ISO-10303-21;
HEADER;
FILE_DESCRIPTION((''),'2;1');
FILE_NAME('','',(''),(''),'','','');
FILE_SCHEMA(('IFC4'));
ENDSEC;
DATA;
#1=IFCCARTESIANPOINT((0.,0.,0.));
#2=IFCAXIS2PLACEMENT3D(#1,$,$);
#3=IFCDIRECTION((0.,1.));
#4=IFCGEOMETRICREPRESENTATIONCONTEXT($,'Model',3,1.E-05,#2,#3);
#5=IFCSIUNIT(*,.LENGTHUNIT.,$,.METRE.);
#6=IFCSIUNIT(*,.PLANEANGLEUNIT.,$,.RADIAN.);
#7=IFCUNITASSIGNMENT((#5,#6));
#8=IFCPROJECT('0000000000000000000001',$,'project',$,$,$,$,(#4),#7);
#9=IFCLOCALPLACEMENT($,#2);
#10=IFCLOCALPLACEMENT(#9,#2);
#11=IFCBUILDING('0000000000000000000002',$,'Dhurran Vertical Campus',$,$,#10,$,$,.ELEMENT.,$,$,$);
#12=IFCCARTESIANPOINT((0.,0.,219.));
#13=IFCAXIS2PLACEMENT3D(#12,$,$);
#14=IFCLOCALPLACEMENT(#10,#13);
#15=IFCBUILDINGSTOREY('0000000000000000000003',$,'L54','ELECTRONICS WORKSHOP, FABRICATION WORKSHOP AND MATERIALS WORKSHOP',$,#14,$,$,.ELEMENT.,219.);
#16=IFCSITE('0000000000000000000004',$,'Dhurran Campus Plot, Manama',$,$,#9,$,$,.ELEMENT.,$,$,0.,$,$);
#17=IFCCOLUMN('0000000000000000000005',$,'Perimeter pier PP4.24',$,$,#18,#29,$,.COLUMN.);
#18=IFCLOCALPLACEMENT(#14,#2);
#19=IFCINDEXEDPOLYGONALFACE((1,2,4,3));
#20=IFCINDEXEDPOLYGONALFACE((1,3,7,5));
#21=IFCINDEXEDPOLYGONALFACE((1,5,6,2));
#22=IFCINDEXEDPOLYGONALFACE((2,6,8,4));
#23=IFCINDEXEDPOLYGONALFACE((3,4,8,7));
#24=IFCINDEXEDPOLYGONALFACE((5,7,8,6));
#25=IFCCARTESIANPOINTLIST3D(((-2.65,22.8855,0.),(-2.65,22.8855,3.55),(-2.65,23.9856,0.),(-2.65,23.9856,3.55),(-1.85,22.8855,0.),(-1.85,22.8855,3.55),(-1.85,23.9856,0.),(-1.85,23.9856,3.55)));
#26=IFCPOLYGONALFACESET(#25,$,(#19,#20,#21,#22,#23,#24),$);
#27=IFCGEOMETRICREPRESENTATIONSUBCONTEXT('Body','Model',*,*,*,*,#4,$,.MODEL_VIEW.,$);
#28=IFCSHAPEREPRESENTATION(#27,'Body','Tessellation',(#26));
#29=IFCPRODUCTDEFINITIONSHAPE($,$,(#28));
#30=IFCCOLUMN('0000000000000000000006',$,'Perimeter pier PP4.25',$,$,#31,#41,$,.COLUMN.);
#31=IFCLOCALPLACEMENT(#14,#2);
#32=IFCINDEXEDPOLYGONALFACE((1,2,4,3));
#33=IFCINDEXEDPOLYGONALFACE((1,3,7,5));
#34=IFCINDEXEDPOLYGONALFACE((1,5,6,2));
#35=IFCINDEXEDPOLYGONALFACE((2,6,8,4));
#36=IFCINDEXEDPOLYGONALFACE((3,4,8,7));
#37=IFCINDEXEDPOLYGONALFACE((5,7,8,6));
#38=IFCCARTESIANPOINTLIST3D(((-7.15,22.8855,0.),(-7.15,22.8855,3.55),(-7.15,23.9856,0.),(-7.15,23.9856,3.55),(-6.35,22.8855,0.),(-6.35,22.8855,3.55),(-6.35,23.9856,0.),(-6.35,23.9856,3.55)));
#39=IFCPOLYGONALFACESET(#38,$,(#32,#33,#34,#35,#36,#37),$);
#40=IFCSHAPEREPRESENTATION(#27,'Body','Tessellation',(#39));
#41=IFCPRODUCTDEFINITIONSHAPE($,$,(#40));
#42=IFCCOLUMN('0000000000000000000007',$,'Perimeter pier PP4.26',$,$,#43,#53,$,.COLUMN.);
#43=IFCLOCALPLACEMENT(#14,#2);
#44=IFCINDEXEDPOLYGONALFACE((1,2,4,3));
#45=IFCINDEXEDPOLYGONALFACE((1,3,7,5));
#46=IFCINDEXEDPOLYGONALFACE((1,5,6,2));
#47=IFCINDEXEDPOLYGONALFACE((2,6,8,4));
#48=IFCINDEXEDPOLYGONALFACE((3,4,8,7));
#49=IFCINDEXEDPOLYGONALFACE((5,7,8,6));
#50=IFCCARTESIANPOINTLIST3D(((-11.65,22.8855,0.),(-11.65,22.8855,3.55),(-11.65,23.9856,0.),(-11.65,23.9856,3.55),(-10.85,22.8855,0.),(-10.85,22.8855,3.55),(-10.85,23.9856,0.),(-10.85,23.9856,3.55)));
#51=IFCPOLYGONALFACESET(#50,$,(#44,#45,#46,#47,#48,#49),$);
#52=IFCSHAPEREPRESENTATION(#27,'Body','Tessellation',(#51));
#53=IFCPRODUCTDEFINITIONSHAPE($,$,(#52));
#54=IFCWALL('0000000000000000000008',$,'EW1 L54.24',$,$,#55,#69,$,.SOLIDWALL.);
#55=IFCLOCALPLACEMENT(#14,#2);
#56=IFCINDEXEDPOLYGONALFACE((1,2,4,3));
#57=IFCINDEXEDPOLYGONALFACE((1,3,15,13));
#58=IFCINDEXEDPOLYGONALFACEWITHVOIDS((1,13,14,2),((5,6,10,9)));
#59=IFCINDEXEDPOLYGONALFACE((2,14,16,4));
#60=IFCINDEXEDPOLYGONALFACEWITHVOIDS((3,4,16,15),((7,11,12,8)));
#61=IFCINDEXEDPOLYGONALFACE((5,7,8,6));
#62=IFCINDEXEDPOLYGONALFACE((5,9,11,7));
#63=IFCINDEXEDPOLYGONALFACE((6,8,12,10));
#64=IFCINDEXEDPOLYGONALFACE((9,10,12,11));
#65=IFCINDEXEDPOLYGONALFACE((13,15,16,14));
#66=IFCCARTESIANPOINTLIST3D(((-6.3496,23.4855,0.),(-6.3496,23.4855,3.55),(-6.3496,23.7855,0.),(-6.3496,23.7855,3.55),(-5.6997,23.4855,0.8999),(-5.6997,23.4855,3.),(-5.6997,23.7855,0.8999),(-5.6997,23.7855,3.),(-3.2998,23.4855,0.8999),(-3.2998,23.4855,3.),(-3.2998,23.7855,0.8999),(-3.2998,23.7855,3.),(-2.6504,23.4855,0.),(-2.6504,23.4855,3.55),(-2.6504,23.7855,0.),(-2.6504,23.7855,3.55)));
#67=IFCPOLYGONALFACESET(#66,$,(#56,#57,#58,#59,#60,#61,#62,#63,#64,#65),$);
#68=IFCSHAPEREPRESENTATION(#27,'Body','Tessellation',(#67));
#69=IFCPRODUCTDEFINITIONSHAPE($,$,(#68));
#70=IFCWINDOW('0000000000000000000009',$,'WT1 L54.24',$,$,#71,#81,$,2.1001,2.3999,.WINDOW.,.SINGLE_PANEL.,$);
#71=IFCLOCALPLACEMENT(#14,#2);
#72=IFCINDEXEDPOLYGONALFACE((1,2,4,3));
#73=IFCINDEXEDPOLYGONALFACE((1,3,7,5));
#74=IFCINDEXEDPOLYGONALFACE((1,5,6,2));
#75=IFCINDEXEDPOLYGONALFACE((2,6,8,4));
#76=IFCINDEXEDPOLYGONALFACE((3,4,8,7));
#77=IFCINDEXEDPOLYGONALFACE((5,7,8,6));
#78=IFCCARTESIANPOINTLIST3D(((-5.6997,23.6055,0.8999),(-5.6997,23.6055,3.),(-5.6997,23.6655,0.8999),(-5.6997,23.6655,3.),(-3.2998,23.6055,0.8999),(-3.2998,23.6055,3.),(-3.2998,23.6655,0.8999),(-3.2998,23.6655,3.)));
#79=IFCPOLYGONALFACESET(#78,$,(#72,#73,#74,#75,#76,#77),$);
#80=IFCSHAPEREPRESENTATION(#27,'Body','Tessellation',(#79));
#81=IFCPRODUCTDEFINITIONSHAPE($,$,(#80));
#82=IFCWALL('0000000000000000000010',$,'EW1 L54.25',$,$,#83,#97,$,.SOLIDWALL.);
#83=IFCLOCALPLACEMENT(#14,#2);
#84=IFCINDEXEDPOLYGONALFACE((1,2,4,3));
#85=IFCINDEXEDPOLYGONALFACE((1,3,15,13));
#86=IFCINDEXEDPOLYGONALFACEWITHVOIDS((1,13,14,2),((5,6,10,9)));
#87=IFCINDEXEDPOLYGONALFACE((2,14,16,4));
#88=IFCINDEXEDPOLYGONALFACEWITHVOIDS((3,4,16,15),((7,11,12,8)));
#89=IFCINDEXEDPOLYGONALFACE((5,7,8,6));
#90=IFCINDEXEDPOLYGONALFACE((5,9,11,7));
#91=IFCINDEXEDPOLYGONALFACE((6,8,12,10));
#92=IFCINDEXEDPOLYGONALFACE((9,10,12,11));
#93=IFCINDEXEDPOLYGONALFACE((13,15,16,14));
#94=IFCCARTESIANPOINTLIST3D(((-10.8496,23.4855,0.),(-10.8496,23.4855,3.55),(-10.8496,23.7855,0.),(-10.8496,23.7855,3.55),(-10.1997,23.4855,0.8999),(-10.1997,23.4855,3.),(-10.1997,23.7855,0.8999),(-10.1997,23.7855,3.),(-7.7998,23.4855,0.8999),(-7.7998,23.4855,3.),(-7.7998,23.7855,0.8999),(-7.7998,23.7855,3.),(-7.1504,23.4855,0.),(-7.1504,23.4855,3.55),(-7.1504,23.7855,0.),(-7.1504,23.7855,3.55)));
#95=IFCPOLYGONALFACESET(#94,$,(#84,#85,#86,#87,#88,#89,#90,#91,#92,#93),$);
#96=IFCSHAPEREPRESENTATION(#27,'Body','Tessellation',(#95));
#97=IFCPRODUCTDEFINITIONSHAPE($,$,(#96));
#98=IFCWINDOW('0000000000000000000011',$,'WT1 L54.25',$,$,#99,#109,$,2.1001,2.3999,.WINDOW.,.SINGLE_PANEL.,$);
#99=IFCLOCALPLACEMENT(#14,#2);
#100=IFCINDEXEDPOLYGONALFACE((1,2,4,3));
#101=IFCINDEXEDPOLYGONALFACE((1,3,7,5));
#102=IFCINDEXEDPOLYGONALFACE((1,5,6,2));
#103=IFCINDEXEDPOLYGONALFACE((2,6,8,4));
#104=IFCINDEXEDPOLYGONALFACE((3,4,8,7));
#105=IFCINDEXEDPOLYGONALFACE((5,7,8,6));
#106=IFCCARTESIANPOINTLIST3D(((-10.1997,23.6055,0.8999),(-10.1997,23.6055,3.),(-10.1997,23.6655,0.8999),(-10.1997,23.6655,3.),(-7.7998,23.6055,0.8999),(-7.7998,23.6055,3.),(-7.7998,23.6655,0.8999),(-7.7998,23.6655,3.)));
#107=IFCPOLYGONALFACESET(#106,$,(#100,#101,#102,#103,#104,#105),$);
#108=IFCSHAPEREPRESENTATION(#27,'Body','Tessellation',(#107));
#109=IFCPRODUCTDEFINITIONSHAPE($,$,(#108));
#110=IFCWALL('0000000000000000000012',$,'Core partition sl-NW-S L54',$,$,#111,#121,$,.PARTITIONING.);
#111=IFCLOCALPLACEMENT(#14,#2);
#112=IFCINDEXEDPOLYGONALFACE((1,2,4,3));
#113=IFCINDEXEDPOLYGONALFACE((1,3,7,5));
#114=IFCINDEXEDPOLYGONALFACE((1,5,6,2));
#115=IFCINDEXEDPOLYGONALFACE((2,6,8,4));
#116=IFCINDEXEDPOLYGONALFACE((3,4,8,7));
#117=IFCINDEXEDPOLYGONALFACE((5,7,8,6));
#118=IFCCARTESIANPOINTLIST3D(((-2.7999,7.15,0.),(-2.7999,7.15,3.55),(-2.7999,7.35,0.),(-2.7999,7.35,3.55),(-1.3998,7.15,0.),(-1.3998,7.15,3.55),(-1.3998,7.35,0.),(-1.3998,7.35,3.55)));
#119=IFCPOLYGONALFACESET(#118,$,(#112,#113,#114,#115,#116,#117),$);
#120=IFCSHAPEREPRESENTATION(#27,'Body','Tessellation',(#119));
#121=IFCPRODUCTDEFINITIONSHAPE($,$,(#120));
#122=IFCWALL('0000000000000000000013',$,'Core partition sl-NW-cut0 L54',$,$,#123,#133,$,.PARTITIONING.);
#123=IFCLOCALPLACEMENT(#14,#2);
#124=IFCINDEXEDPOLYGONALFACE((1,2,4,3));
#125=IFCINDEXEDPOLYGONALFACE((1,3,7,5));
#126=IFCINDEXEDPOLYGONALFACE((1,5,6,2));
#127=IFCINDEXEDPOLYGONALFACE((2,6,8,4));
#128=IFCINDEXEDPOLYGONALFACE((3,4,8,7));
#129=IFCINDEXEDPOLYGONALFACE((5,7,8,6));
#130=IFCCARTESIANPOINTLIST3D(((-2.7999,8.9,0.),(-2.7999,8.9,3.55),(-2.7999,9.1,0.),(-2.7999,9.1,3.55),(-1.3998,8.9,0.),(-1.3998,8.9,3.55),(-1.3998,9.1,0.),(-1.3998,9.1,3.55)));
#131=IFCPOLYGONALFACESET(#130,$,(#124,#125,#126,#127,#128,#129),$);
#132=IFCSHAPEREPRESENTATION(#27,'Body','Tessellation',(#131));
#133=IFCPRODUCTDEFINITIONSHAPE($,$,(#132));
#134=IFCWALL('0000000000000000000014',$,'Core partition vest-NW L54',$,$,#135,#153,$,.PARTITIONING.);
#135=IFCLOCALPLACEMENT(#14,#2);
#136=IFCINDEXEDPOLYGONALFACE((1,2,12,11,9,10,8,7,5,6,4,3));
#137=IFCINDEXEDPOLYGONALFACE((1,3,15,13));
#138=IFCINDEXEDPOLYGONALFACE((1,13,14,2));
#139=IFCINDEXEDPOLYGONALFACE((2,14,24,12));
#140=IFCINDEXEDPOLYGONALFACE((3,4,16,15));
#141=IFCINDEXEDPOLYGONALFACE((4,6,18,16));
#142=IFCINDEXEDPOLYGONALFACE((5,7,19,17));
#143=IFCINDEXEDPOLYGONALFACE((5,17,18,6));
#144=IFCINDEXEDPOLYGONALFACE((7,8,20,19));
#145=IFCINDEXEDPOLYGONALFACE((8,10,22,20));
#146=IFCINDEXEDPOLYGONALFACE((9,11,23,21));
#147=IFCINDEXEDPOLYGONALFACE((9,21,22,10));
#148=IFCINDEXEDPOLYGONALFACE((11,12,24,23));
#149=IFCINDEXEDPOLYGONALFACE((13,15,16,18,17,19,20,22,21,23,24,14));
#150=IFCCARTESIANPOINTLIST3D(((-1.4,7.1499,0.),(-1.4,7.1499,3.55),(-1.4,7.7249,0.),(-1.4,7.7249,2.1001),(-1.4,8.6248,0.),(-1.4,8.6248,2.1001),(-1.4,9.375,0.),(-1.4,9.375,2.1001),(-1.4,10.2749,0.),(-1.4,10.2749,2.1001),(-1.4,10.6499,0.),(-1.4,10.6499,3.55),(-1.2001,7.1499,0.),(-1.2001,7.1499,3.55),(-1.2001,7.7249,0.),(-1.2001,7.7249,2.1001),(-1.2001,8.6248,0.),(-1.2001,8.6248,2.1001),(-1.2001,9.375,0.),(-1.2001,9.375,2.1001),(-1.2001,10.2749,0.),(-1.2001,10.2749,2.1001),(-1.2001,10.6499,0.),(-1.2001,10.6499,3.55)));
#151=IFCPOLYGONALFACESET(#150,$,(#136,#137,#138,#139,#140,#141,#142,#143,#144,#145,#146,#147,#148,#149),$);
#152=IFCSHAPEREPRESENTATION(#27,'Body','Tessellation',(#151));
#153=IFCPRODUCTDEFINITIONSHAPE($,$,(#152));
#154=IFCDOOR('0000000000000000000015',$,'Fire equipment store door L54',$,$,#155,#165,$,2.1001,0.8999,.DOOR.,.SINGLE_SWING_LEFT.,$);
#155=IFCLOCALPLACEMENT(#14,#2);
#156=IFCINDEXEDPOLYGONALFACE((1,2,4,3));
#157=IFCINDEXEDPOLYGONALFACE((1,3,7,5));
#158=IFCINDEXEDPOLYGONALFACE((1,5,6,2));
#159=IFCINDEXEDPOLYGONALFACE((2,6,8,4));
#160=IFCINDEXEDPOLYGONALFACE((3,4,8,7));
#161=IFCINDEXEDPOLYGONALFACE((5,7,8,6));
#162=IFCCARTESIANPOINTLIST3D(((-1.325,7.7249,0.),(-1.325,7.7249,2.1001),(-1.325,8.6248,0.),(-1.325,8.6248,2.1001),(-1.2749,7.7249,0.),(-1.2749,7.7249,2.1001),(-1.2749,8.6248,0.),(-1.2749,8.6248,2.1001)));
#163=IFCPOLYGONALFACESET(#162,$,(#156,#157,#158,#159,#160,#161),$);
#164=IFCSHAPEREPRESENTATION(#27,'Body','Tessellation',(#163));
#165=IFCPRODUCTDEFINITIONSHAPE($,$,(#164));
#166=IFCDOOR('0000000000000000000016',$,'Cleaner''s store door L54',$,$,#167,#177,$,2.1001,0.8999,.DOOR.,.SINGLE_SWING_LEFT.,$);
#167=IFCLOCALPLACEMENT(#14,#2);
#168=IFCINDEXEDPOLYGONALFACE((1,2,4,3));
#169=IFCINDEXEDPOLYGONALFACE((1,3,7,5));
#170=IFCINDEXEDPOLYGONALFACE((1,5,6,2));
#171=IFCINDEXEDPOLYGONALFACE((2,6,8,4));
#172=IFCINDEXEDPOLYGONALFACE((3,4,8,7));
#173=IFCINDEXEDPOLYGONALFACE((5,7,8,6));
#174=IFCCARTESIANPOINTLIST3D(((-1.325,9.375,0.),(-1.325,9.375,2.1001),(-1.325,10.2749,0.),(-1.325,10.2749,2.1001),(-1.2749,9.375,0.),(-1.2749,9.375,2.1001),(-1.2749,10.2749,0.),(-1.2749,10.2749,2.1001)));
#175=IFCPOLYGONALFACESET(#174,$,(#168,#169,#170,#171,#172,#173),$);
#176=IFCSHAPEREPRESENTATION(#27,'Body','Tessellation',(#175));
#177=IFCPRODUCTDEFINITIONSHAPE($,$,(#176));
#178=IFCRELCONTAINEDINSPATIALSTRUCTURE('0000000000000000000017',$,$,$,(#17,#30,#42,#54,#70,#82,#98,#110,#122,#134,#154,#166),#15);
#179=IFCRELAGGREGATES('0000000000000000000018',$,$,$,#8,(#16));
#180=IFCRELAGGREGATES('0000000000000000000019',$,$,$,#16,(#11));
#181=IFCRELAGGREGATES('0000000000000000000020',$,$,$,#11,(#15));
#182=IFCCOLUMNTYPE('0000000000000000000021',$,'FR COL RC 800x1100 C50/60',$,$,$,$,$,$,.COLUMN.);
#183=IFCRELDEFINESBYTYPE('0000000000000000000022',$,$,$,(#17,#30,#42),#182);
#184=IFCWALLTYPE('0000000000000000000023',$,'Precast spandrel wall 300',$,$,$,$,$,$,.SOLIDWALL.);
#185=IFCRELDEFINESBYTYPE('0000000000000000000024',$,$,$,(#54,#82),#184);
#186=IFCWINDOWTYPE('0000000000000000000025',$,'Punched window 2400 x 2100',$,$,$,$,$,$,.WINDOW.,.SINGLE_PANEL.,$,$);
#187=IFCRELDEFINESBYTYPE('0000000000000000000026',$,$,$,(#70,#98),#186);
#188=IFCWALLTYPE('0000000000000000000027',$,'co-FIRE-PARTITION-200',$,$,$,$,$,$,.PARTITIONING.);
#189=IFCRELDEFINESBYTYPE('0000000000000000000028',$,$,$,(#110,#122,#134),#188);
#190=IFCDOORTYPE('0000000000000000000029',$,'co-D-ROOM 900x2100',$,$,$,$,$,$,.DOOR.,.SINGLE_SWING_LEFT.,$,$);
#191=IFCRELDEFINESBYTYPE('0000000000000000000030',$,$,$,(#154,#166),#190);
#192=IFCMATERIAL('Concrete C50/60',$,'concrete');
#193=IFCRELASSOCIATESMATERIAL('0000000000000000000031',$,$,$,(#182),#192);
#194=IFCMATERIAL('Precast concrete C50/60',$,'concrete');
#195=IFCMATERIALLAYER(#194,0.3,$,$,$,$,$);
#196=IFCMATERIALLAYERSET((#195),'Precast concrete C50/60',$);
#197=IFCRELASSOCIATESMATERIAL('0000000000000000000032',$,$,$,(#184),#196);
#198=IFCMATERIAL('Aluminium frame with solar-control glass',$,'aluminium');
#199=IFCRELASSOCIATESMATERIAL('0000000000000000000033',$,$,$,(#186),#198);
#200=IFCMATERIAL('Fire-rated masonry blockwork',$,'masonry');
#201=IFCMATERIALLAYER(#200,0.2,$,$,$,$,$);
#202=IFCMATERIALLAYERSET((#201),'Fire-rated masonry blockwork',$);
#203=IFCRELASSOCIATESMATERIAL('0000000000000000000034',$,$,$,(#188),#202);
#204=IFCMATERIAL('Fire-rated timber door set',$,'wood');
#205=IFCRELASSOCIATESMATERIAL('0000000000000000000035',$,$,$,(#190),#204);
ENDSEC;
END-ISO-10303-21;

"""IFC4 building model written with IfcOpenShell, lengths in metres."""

from ifc_helpers import new_model, si_unit, direction, frame, frame_2d, origin, origin_2d, place, context, subcontext, project, spatial, rectangle, extrude, material, layer, layer_set, material_profile, profile_set, type_object, element, fill, save


model = new_model("IFC4")

# Units and contexts
model_context = context("Model", 3, precision=1e-05, world=origin(), true_north=direction((0.0, 1.0)))
body_context = subcontext(model_context, "Body", "Model", "MODEL_VIEW")
ifc_project = project(units=[si_unit("LENGTHUNIT", "METRE"), si_unit("PLANEANGLEUNIT", "RADIAN")], contexts=[model_context])

# Site, building, storey
site_placement = place(None, origin())
site = spatial("IfcSite", under=ifc_project, at=site_placement, Name="Dhurran Campus Plot, Manama", CompositionType="ELEMENT", RefElevation=0.0)
building_placement = place(site_placement, origin())
building = spatial("IfcBuilding", under=site, at=building_placement, Name="Dhurran Vertical Campus", CompositionType="ELEMENT")
storey_placement = place(building_placement, frame((0.0, 0.0, 219.0)))
storey = spatial("IfcBuildingStorey", under=building, at=storey_placement, Name="L54", Description="ELECTRONICS WORKSHOP, FABRICATION WORKSHOP AND MATERIALS WORKSHOP", CompositionType="ELEMENT", Elevation=219.0)

# Columns
ifc_material_1 = material(Name="Concrete C50/60", Category="concrete")
ifc_material_profile = material_profile(ifc_material_1, rectangle(XDim=0.8, YDim=1.1001, at=origin_2d()), Name="RC 800x1100")
ifc_profile_set = profile_set([ifc_material_profile], Name="Concrete C50/60")
column_type = type_object("IfcColumnType", Name="FR COL RC 800x1100 C50/60", PredefinedType="COLUMN", material=ifc_profile_set)
for number, where, z_axis, x_axis, name in (
    (1, (-2.25, 23.4355, 0.0), (0.0, 0.0, 1.0), (-1.0, 0.0, 0.0), "Perimeter pier PP4.24"),
    (2, (-6.75, 23.4355, 0.0), (0.0, 0.0, 1.0), (-1.0, 0.0, 0.0), "Perimeter pier PP4.25"),
    (3, (-11.25, 23.4355, 0.0), (0.0, 0.0, 1.0), (-1.0, 0.0, 0.0), "Perimeter pier PP4.26"),
):
    element("IfcColumn", number, at=place(storey_placement, frame(where, z_axis=z_axis, x_axis=x_axis)), inside=storey, type_object=column_type, Name=name, PredefinedType="COLUMN", context=body_context, shape_type="SweptSolid", body=[
        extrude(rectangle(XDim=0.8, YDim=1.1001, at=origin_2d()), origin(), (0.0, 0.0, 1.0), 3.55),
    ])

# Walls, openings, windows
ifc_material_2 = material(Name="Precast concrete C50/60", Category="concrete")
ifc_layer_1 = layer(ifc_material_2, 0.3)
ifc_layer_set_1 = layer_set([ifc_layer_1], Name="Precast concrete C50/60")
wall_type_1 = type_object("IfcWallType", Name="Precast spandrel wall 300", PredefinedType="SOLIDWALL", material=ifc_layer_set_1)
wall_1_placement = place(storey_placement, frame((-2.6504, 23.6355, 0.0), z_axis=(0.0, 0.0, 1.0), x_axis=(-1.0, 0.0, 0.0)))
wall_1 = element("IfcWall", 4, at=wall_1_placement, inside=storey, type_object=wall_type_1, Name="EW1 L54.24", PredefinedType="SOLIDWALL", context=body_context, shape_type="SweptSolid", body=[
    extrude(rectangle(XDim=3.6992, YDim=0.3, at=frame_2d((1.8496, 0.0))), origin(), (0.0, 0.0, 1.0), 3.55),
])
opening_1_placement = place(wall_1_placement, frame((0.6494, 0.0, 0.8999)))
opening_1 = element("IfcOpeningElement", 5, at=opening_1_placement, cuts=wall_1, PredefinedType="OPENING", context=body_context, shape_type="SweptSolid", body=[
    extrude(rectangle(XDim=2.3999, YDim=2.1001, at=frame_2d((1.2, 1.05))), frame((0.0, 0.1599, 0.0), z_axis=(0.0, -1.0, 0.0), x_axis=(1.0, 0.0, 0.0)), (0.0, 0.0, 1.0), 0.3201),
])
ifc_material_3 = material(Name="Aluminium frame with solar-control glass", Category="aluminium")
window_type = type_object("IfcWindowType", Name="Punched window 2400 x 2100", PartitioningType="SINGLE_PANEL", PredefinedType="WINDOW", material=ifc_material_3)
window_1_placement = place(opening_1_placement, origin())
window_1 = element("IfcWindow", 6, at=window_1_placement, inside=storey, type_object=window_type, Name="WT1 L54.24", OverallHeight=2.1001, OverallWidth=2.3999, PartitioningType="SINGLE_PANEL", PredefinedType="WINDOW", context=body_context, shape_type="SweptSolid", body=[
    extrude(rectangle(XDim=2.3999, YDim=2.1001, at=frame_2d((1.2, 1.05))), frame((0.0, 0.03, 0.0), z_axis=(0.0, -1.0, 0.0), x_axis=(1.0, 0.0, 0.0)), (0.0, 0.0, 1.0), 0.0601),
])
fill(opening_1, window_1)
wall_2_placement = place(storey_placement, frame((-7.1504, 23.6355, 0.0), z_axis=(0.0, 0.0, 1.0), x_axis=(-1.0, 0.0, 0.0)))
wall_2 = element("IfcWall", 7, at=wall_2_placement, inside=storey, type_object=wall_type_1, Name="EW1 L54.25", PredefinedType="SOLIDWALL", context=body_context, shape_type="SweptSolid", body=[
    extrude(rectangle(XDim=3.6992, YDim=0.3, at=frame_2d((1.8496, 0.0))), origin(), (0.0, 0.0, 1.0), 3.55),
])
opening_2_placement = place(wall_2_placement, frame((0.6494, 0.0, 0.8999)))
opening_2 = element("IfcOpeningElement", 8, at=opening_2_placement, cuts=wall_2, PredefinedType="OPENING", context=body_context, shape_type="SweptSolid", body=[
    extrude(rectangle(XDim=2.3999, YDim=2.1001, at=frame_2d((1.2, 1.05))), frame((0.0, 0.1599, 0.0), z_axis=(0.0, -1.0, 0.0), x_axis=(1.0, 0.0, 0.0)), (0.0, 0.0, 1.0), 0.3201),
])
window_2_placement = place(opening_2_placement, origin())
window_2 = element("IfcWindow", 9, at=window_2_placement, inside=storey, type_object=window_type, Name="WT1 L54.25", OverallHeight=2.1001, OverallWidth=2.3999, PartitioningType="SINGLE_PANEL", PredefinedType="WINDOW", context=body_context, shape_type="SweptSolid", body=[
    extrude(rectangle(XDim=2.3999, YDim=2.1001, at=frame_2d((1.2, 1.05))), frame((0.0, 0.03, 0.0), z_axis=(0.0, -1.0, 0.0), x_axis=(1.0, 0.0, 0.0)), (0.0, 0.0, 1.0), 0.0601),
])
fill(opening_2, window_2)

# Walls
ifc_material_4 = material(Name="Fire-rated masonry blockwork", Category="masonry")
ifc_layer_2 = layer(ifc_material_4, 0.2)
ifc_layer_set_2 = layer_set([ifc_layer_2], Name="Fire-rated masonry blockwork")
wall_type_2 = type_object("IfcWallType", Name="co-FIRE-PARTITION-200", PredefinedType="PARTITIONING", material=ifc_layer_set_2)
for number, where, z_axis, x_axis, name in (
    (10, (-2.8, 7.25, 0.0), (0.0, 0.0, 1.0), (1.0, 0.0, 0.0), "Core partition sl-NW-S L54"),
    (11, (-2.8, 9.0, 0.0), (0.0, 0.0, 1.0), (1.0, 0.0, 0.0), "Core partition sl-NW-cut0 L54"),
):
    element("IfcWall", number, at=place(storey_placement, frame(where, z_axis=z_axis, x_axis=x_axis)), inside=storey, type_object=wall_type_2, Name=name, PredefinedType="PARTITIONING", context=body_context, shape_type="SweptSolid", body=[
        extrude(rectangle(XDim=1.4001, YDim=0.2, at=frame_2d((0.7002, 0.0))), origin(), (0.0, 0.0, 1.0), 3.55),
    ])

# Wall, openings, doors
wall_3_placement = place(storey_placement, frame((-1.3, 7.1499, 0.0), z_axis=(0.0, 0.0, 1.0), x_axis=(0.0, 1.0, 0.0)))
wall_3 = element("IfcWall", 12, at=wall_3_placement, inside=storey, type_object=wall_type_2, Name="Core partition vest-NW L54", PredefinedType="PARTITIONING", context=body_context, shape_type="SweptSolid", body=[
    extrude(rectangle(XDim=3.5, YDim=0.2, at=frame_2d((1.75, 0.0))), origin(), (0.0, 0.0, 1.0), 3.55),
])
opening_3_placement = place(wall_3_placement, frame((0.575, 0.0, 0.0)))
opening_3 = element("IfcOpeningElement", 13, at=opening_3_placement, cuts=wall_3, PredefinedType="OPENING", context=body_context, shape_type="SweptSolid", body=[
    extrude(rectangle(XDim=0.8999, YDim=2.1001, at=frame_2d((0.45, 1.05))), frame((0.0, 0.1099, 0.0), z_axis=(0.0, -1.0, 0.0), x_axis=(1.0, 0.0, 0.0)), (0.0, 0.0, 1.0), 0.22),
])
opening_4_placement = place(wall_3_placement, frame((2.2251, 0.0, 0.0)))
opening_4 = element("IfcOpeningElement", 14, at=opening_4_placement, cuts=wall_3, PredefinedType="OPENING", context=body_context, shape_type="SweptSolid", body=[
    extrude(rectangle(XDim=0.8999, YDim=2.1001, at=frame_2d((0.45, 1.05))), frame((0.0, 0.1099, 0.0), z_axis=(0.0, -1.0, 0.0), x_axis=(1.0, 0.0, 0.0)), (0.0, 0.0, 1.0), 0.22),
])
ifc_material_5 = material(Name="Fire-rated timber door set", Category="wood")
door_type_1 = type_object("IfcDoorType", Name="co-D-ROOM 900x2100", OperationType="SINGLE_SWING_LEFT", PredefinedType="DOOR", material=ifc_material_5)
door_1_placement = place(opening_3_placement, origin())
door_1 = element("IfcDoor", 15, at=door_1_placement, inside=storey, type_object=door_type_1, Name="Fire equipment store door L54", OperationType="SINGLE_SWING_LEFT", OverallHeight=2.1001, OverallWidth=0.8999, PredefinedType="DOOR", context=body_context, shape_type="SweptSolid", body=[
    extrude(rectangle(XDim=0.8999, YDim=2.1001, at=frame_2d((0.45, 1.05))), frame((0.0, 0.0249, 0.0), z_axis=(0.0, -1.0, 0.0), x_axis=(1.0, 0.0, 0.0)), (0.0, 0.0, 1.0), 0.05),
])
fill(opening_3, door_1)
door_2_placement = place(opening_4_placement, origin())
door_2 = element("IfcDoor", 16, at=door_2_placement, inside=storey, type_object=door_type_1, Name="Cleaner's store door L54", OperationType="SINGLE_SWING_LEFT", OverallHeight=2.1001, OverallWidth=0.8999, PredefinedType="DOOR", context=body_context, shape_type="SweptSolid", body=[
    extrude(rectangle(XDim=0.8999, YDim=2.1001, at=frame_2d((0.45, 1.05))), frame((0.0, 0.0249, 0.0), z_axis=(0.0, -1.0, 0.0), x_axis=(1.0, 0.0, 0.0)), (0.0, 0.0, 1.0), 0.05),
])
fill(opening_4, door_2)

save(model, "model.ifc")
